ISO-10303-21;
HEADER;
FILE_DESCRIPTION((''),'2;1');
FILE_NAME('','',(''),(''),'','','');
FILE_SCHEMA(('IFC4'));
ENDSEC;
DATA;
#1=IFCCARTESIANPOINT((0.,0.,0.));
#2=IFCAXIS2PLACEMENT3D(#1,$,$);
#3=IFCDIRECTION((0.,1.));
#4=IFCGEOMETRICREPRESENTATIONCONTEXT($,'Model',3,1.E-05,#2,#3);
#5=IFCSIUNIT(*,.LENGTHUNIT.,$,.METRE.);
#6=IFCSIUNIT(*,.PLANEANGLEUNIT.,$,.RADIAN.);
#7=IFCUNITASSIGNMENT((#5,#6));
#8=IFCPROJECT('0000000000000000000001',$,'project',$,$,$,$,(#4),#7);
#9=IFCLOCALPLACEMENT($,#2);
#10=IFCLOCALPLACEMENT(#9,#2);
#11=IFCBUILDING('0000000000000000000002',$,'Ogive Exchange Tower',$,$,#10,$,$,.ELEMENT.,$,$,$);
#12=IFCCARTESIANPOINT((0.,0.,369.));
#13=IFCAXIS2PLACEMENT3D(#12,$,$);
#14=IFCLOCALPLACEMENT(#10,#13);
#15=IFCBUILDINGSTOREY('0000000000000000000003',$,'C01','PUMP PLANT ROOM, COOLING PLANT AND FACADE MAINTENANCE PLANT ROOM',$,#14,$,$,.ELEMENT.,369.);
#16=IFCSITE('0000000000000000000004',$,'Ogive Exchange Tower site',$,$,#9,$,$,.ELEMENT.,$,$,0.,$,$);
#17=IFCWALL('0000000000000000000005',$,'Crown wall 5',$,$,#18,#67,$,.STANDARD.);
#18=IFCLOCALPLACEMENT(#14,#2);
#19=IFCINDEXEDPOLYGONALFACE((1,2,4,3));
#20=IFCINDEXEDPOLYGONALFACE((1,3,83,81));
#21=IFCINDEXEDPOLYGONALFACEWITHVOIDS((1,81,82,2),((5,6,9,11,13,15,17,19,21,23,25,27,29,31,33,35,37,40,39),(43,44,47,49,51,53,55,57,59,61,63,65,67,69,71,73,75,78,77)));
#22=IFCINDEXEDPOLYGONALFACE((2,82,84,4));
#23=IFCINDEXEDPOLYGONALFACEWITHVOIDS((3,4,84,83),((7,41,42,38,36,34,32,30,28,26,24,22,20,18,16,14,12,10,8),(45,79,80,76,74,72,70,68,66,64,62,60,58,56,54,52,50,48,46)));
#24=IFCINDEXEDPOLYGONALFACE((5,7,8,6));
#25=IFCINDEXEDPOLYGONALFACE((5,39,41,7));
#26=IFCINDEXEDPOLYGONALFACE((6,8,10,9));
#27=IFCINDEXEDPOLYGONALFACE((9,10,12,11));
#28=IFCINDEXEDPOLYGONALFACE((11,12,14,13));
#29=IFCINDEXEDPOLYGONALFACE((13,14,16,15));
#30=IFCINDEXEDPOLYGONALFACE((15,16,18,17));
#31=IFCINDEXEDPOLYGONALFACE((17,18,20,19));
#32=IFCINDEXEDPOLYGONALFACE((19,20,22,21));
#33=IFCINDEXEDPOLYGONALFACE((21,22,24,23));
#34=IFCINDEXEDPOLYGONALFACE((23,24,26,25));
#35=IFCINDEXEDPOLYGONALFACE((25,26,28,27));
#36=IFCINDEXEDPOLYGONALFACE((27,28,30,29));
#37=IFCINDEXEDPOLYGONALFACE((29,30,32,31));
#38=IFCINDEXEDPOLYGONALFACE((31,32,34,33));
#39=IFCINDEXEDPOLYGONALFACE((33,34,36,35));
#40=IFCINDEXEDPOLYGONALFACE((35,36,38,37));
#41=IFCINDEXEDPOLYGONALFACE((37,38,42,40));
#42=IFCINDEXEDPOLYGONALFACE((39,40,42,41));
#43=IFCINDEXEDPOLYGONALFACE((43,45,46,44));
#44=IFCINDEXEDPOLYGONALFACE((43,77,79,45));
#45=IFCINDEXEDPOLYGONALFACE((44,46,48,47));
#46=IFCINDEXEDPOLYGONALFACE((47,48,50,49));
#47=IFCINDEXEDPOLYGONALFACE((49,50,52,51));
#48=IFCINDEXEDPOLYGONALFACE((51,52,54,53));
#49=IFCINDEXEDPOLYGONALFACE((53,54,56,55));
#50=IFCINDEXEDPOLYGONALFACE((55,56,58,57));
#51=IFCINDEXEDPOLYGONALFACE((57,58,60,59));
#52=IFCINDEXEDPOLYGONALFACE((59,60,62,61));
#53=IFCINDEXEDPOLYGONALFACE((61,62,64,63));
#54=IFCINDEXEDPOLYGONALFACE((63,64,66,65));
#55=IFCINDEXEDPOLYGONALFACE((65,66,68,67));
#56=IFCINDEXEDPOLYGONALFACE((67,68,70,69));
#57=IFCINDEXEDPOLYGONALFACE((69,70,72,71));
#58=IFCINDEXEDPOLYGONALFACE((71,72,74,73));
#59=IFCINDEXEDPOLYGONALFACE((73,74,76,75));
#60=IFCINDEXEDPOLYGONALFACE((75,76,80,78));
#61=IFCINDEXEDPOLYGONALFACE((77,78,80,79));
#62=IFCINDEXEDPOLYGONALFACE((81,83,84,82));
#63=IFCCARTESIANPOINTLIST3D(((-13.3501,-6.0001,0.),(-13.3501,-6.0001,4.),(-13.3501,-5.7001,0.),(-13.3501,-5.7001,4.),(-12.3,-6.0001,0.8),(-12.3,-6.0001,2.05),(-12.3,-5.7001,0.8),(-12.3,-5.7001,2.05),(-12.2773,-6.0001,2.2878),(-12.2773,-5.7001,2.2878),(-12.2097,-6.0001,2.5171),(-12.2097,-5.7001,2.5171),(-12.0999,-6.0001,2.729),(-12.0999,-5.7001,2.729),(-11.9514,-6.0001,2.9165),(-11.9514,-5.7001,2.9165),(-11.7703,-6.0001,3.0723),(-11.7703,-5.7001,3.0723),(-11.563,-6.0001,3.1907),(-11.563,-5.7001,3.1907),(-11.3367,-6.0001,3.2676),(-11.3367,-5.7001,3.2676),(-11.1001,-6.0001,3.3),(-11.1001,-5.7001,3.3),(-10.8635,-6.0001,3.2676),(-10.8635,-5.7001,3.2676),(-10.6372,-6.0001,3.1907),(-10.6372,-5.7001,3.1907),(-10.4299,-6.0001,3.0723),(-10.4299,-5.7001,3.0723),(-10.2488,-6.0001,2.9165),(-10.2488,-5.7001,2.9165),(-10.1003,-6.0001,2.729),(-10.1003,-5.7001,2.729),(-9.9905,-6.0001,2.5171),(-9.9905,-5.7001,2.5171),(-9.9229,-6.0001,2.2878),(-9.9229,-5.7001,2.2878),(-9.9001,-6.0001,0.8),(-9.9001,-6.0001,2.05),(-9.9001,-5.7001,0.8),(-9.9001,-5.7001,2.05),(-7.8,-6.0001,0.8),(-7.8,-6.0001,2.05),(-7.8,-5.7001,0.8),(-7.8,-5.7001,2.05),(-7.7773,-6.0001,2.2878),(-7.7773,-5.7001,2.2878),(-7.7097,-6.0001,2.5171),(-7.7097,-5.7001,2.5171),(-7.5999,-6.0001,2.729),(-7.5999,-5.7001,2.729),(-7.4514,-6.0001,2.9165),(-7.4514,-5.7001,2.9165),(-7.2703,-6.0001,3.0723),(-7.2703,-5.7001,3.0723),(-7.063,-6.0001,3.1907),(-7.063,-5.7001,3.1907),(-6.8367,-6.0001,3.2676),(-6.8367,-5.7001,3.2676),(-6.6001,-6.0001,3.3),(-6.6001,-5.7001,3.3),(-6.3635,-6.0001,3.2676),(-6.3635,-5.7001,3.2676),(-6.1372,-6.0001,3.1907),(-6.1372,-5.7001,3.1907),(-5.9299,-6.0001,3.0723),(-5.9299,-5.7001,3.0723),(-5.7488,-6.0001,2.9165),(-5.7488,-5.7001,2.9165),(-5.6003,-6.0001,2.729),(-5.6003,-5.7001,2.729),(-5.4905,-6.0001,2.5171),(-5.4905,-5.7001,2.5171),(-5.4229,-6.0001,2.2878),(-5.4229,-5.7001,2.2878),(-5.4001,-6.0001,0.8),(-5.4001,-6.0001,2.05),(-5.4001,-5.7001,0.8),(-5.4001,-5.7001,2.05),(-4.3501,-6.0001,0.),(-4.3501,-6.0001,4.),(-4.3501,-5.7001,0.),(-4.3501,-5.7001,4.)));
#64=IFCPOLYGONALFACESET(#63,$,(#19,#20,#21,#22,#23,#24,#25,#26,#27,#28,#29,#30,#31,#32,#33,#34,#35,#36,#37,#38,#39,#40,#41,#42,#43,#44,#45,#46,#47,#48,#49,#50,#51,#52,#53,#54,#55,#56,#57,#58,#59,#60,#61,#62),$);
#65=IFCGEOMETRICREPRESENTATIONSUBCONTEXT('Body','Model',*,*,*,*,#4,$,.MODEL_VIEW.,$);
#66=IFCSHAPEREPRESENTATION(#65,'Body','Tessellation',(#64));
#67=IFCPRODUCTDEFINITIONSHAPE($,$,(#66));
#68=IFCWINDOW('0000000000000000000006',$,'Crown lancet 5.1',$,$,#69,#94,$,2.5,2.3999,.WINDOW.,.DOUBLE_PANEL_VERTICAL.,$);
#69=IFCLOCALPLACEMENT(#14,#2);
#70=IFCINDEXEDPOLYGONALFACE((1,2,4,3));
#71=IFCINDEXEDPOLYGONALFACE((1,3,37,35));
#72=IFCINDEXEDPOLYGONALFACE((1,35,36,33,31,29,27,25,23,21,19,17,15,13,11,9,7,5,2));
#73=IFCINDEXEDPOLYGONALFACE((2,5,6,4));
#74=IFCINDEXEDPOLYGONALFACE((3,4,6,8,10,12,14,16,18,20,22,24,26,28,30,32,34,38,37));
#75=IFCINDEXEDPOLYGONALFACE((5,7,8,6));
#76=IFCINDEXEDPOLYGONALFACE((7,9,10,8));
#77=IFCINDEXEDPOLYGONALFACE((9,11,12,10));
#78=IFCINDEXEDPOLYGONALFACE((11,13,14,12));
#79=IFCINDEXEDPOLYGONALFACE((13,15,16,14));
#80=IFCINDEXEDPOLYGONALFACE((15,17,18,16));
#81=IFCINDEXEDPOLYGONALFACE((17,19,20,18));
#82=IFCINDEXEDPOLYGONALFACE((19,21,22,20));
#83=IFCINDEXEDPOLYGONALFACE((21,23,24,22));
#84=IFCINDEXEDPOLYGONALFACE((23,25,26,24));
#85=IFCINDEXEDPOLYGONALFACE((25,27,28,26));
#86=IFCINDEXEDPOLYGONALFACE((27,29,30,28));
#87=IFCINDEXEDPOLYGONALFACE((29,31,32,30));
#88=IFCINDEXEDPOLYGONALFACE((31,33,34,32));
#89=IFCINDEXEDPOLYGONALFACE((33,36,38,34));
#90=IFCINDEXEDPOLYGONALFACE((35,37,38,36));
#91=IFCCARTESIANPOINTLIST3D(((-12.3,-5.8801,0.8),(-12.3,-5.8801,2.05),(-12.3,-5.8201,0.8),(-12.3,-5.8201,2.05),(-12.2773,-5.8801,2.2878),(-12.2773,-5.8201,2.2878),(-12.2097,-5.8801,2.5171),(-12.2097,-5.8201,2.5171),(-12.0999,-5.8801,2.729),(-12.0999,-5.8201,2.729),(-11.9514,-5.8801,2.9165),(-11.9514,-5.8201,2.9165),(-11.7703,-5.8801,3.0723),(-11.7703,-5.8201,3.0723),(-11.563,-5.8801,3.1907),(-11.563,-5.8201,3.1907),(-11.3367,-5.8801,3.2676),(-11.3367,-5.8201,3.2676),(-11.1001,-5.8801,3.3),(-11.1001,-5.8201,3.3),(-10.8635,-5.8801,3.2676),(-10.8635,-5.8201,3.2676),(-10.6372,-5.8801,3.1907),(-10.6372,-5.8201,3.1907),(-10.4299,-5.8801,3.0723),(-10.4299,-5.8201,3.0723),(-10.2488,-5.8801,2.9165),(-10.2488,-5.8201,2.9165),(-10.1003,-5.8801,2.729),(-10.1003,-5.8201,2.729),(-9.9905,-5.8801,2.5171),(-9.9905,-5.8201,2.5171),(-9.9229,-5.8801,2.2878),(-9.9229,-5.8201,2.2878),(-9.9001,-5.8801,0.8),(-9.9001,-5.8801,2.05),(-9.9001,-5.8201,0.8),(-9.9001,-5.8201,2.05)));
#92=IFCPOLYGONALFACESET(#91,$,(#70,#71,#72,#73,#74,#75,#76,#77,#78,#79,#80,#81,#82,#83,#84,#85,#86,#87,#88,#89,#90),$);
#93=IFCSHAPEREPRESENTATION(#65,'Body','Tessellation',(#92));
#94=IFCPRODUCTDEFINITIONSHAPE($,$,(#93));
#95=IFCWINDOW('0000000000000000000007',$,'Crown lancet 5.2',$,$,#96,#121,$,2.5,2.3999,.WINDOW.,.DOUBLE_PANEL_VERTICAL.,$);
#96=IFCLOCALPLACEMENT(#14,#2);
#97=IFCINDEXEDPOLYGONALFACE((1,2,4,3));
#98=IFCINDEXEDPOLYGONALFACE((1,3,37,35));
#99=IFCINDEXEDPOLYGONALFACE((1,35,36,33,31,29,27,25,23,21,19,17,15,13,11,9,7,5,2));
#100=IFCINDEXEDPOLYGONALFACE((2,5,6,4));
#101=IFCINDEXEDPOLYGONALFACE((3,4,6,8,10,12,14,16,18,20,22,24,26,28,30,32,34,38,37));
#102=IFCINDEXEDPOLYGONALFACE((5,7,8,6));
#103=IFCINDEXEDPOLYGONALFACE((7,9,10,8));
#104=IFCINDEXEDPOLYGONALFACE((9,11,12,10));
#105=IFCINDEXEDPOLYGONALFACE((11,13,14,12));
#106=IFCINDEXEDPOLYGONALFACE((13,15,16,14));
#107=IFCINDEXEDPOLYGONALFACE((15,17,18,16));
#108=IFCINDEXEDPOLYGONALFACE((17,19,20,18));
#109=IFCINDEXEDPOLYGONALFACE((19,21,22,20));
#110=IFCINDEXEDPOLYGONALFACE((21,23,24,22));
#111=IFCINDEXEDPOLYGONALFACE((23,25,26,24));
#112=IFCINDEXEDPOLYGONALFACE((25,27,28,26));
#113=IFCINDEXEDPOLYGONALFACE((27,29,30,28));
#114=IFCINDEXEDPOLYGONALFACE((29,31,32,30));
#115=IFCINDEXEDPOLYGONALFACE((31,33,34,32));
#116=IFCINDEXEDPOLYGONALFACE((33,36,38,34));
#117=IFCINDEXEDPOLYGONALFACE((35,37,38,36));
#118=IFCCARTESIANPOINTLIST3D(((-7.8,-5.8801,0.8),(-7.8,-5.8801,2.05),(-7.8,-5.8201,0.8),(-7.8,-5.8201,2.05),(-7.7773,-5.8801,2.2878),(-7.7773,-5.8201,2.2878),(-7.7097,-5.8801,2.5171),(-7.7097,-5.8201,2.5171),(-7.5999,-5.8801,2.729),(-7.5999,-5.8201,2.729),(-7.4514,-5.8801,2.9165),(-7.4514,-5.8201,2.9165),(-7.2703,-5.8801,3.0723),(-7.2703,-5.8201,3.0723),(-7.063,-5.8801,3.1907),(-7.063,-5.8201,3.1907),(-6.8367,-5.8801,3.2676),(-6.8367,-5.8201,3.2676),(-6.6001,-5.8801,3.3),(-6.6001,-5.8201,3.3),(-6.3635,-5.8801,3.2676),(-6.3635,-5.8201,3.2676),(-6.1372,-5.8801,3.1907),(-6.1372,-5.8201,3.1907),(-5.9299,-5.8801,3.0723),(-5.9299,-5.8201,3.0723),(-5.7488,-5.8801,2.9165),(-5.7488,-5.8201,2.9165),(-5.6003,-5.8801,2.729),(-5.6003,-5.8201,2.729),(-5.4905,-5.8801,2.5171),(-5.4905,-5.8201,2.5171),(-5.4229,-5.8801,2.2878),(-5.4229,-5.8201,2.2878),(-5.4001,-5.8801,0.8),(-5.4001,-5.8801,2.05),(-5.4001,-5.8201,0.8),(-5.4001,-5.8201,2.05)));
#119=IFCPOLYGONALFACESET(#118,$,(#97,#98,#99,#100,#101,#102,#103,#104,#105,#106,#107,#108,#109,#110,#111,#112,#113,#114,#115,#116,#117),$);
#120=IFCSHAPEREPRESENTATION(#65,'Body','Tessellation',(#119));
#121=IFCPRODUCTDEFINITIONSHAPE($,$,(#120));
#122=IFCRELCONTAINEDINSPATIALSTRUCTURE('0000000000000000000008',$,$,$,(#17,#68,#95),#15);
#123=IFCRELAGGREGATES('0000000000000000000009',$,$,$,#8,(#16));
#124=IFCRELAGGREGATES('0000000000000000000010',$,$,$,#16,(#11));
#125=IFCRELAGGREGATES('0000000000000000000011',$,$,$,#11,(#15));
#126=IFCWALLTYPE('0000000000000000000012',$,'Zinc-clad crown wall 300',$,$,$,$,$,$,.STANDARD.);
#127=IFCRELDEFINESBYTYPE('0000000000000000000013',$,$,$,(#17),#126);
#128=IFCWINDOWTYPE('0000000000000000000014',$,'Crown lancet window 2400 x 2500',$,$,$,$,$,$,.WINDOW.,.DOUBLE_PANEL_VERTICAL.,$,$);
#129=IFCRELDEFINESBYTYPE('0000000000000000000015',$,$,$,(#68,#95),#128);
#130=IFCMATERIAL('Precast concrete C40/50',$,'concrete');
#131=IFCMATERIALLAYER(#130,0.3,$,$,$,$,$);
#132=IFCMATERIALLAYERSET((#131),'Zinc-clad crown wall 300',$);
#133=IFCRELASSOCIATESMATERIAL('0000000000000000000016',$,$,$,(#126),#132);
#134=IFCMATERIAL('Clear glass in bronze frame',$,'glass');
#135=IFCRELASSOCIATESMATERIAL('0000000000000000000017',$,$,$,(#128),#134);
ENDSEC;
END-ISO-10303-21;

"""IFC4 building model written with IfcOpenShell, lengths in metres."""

from ifc_helpers import new_model, si_unit, direction, frame, frame_2d, origin, place, context, subcontext, project, spatial, polyline, rectangle, outline, extrude, material, layer, layer_set, type_object, element, fill, save


model = new_model("IFC4")

# Units and contexts
model_context = context("Model", 3, precision=1e-05, world=origin(), true_north=direction((0.0, 1.0)))
body_context = subcontext(model_context, "Body", "Model", "MODEL_VIEW")
ifc_project = project(units=[si_unit("LENGTHUNIT", "METRE"), si_unit("PLANEANGLEUNIT", "RADIAN")], contexts=[model_context])

# Site, building, storey
site_placement = place(None, origin())
site = spatial("IfcSite", under=ifc_project, at=site_placement, Name="Ogive Exchange Tower site", CompositionType="ELEMENT", RefElevation=0.0)
building_placement = place(site_placement, origin())
building = spatial("IfcBuilding", under=site, at=building_placement, Name="Ogive Exchange Tower", CompositionType="ELEMENT")
storey_placement = place(building_placement, frame((0.0, 0.0, 369.0)))
storey = spatial("IfcBuildingStorey", under=building, at=storey_placement, Name="C01", Description="PUMP PLANT ROOM, COOLING PLANT AND FACADE MAINTENANCE PLANT ROOM", CompositionType="ELEMENT", Elevation=369.0)

# Wall, openings, windows
ifc_material_1 = material(Name="Precast concrete C40/50", Category="concrete")
ifc_layer_1 = layer(ifc_material_1, 0.3)
ifc_layer_set_1 = layer_set([ifc_layer_1], Name="Zinc-clad crown wall 300")
wall_type_1 = type_object("IfcWallType", Name="Zinc-clad crown wall 300", PredefinedType="STANDARD", material=ifc_layer_set_1)
wall_1_placement = place(storey_placement, frame((-13.3501, -5.8501, 0.0), z_axis=(0.0, 0.0, 1.0), x_axis=(1.0, 0.0, 0.0)))
wall_1 = element("IfcWall", 1, at=wall_1_placement, inside=storey, type_object=wall_type_1, Name="Crown wall 5", PredefinedType="STANDARD", context=body_context, shape_type="SweptSolid", body=[
    extrude(rectangle(XDim=9.0, YDim=0.3, at=frame_2d((4.5, 0.0))), origin(), (0.0, 0.0, 1.0), 4.0),
])
opening_1_placement = place(wall_1_placement, frame((1.05, 0.0, 0.8)))
opening_1 = element("IfcOpeningElement", 2, at=opening_1_placement, cuts=wall_1, PredefinedType="OPENING", context=body_context, shape_type="SweptSolid", body=[
    extrude(outline(polyline([(0.0, 0.0), (2.3999, 0.0), (2.3999, 1.25), (2.3772, 1.4878), (2.3096, 1.717), (2.1997, 1.929), (2.0513, 2.1165), (1.8701, 2.2722), (1.6628, 2.3906), (1.4365, 2.4675), (1.2, 2.5), (0.9634, 2.4675), (0.7371, 2.3906), (0.5298, 2.2722), (0.3486, 2.1165), (0.2002, 1.929), (0.0903, 1.717), (0.0227, 1.4878), (0.0, 1.25), (0.0, 0.0)])), frame((0.0, 0.1599, 0.0), z_axis=(0.0, -1.0, 0.0), x_axis=(1.0, 0.0, 0.0)), (0.0, 0.0, 1.0), 0.3201),
])
opening_2_placement = place(wall_1_placement, frame((5.55, 0.0, 0.8)))
opening_2 = element("IfcOpeningElement", 3, at=opening_2_placement, cuts=wall_1, PredefinedType="OPENING", context=body_context, shape_type="SweptSolid", body=[
    extrude(outline(polyline([(0.0, 0.0), (2.3999, 0.0), (2.3999, 1.25), (2.3772, 1.4878), (2.3096, 1.717), (2.1997, 1.929), (2.0513, 2.1165), (1.8701, 2.2722), (1.6628, 2.3906), (1.4365, 2.4675), (1.2, 2.5), (0.9634, 2.4675), (0.7371, 2.3906), (0.5298, 2.2722), (0.3486, 2.1165), (0.2002, 1.929), (0.0903, 1.717), (0.0227, 1.4878), (0.0, 1.25), (0.0, 0.0)])), frame((0.0, 0.1599, 0.0), z_axis=(0.0, -1.0, 0.0), x_axis=(1.0, 0.0, 0.0)), (0.0, 0.0, 1.0), 0.3201),
])
ifc_material_2 = material(Name="Clear glass in bronze frame", Category="glass")
window_type = type_object("IfcWindowType", Name="Crown lancet window 2400 x 2500", PartitioningType="DOUBLE_PANEL_VERTICAL", PredefinedType="WINDOW", material=ifc_material_2)
window_1_placement = place(opening_1_placement, origin())
window_1 = element("IfcWindow", 4, at=window_1_placement, inside=storey, type_object=window_type, Name="Crown lancet 5.1", OverallHeight=2.5, OverallWidth=2.3999, PartitioningType="DOUBLE_PANEL_VERTICAL", PredefinedType="WINDOW", context=body_context, shape_type="SweptSolid", body=[
    extrude(outline(polyline([(0.0, 0.0), (2.3999, 0.0), (2.3999, 1.25), (2.3772, 1.4878), (2.3096, 1.717), (2.1997, 1.929), (2.0513, 2.1165), (1.8701, 2.2722), (1.6628, 2.3906), (1.4365, 2.4675), (1.2, 2.5), (0.9634, 2.4675), (0.7371, 2.3906), (0.5298, 2.2722), (0.3486, 2.1165), (0.2002, 1.929), (0.0903, 1.717), (0.0227, 1.4878), (0.0, 1.25), (0.0, 0.0)])), frame((0.0, 0.03, 0.0), z_axis=(0.0, -1.0, 0.0), x_axis=(1.0, 0.0, 0.0)), (0.0, 0.0, 1.0), 0.0601),
])
fill(opening_1, window_1)
window_2_placement = place(opening_2_placement, origin())
window_2 = element("IfcWindow", 5, at=window_2_placement, inside=storey, type_object=window_type, Name="Crown lancet 5.2", OverallHeight=2.5, OverallWidth=2.3999, PartitioningType="DOUBLE_PANEL_VERTICAL", PredefinedType="WINDOW", context=body_context, shape_type="SweptSolid", body=[
    extrude(outline(polyline([(0.0, 0.0), (2.3999, 0.0), (2.3999, 1.25), (2.3772, 1.4878), (2.3096, 1.717), (2.1997, 1.929), (2.0513, 2.1165), (1.8701, 2.2722), (1.6628, 2.3906), (1.4365, 2.4675), (1.2, 2.5), (0.9634, 2.4675), (0.7371, 2.3906), (0.5298, 2.2722), (0.3486, 2.1165), (0.2002, 1.929), (0.0903, 1.717), (0.0227, 1.4878), (0.0, 1.25), (0.0, 0.0)])), frame((0.0, 0.03, 0.0), z_axis=(0.0, -1.0, 0.0), x_axis=(1.0, 0.0, 0.0)), (0.0, 0.0, 1.0), 0.0601),
])
fill(opening_2, window_2)

save(model, "model.ifc")
